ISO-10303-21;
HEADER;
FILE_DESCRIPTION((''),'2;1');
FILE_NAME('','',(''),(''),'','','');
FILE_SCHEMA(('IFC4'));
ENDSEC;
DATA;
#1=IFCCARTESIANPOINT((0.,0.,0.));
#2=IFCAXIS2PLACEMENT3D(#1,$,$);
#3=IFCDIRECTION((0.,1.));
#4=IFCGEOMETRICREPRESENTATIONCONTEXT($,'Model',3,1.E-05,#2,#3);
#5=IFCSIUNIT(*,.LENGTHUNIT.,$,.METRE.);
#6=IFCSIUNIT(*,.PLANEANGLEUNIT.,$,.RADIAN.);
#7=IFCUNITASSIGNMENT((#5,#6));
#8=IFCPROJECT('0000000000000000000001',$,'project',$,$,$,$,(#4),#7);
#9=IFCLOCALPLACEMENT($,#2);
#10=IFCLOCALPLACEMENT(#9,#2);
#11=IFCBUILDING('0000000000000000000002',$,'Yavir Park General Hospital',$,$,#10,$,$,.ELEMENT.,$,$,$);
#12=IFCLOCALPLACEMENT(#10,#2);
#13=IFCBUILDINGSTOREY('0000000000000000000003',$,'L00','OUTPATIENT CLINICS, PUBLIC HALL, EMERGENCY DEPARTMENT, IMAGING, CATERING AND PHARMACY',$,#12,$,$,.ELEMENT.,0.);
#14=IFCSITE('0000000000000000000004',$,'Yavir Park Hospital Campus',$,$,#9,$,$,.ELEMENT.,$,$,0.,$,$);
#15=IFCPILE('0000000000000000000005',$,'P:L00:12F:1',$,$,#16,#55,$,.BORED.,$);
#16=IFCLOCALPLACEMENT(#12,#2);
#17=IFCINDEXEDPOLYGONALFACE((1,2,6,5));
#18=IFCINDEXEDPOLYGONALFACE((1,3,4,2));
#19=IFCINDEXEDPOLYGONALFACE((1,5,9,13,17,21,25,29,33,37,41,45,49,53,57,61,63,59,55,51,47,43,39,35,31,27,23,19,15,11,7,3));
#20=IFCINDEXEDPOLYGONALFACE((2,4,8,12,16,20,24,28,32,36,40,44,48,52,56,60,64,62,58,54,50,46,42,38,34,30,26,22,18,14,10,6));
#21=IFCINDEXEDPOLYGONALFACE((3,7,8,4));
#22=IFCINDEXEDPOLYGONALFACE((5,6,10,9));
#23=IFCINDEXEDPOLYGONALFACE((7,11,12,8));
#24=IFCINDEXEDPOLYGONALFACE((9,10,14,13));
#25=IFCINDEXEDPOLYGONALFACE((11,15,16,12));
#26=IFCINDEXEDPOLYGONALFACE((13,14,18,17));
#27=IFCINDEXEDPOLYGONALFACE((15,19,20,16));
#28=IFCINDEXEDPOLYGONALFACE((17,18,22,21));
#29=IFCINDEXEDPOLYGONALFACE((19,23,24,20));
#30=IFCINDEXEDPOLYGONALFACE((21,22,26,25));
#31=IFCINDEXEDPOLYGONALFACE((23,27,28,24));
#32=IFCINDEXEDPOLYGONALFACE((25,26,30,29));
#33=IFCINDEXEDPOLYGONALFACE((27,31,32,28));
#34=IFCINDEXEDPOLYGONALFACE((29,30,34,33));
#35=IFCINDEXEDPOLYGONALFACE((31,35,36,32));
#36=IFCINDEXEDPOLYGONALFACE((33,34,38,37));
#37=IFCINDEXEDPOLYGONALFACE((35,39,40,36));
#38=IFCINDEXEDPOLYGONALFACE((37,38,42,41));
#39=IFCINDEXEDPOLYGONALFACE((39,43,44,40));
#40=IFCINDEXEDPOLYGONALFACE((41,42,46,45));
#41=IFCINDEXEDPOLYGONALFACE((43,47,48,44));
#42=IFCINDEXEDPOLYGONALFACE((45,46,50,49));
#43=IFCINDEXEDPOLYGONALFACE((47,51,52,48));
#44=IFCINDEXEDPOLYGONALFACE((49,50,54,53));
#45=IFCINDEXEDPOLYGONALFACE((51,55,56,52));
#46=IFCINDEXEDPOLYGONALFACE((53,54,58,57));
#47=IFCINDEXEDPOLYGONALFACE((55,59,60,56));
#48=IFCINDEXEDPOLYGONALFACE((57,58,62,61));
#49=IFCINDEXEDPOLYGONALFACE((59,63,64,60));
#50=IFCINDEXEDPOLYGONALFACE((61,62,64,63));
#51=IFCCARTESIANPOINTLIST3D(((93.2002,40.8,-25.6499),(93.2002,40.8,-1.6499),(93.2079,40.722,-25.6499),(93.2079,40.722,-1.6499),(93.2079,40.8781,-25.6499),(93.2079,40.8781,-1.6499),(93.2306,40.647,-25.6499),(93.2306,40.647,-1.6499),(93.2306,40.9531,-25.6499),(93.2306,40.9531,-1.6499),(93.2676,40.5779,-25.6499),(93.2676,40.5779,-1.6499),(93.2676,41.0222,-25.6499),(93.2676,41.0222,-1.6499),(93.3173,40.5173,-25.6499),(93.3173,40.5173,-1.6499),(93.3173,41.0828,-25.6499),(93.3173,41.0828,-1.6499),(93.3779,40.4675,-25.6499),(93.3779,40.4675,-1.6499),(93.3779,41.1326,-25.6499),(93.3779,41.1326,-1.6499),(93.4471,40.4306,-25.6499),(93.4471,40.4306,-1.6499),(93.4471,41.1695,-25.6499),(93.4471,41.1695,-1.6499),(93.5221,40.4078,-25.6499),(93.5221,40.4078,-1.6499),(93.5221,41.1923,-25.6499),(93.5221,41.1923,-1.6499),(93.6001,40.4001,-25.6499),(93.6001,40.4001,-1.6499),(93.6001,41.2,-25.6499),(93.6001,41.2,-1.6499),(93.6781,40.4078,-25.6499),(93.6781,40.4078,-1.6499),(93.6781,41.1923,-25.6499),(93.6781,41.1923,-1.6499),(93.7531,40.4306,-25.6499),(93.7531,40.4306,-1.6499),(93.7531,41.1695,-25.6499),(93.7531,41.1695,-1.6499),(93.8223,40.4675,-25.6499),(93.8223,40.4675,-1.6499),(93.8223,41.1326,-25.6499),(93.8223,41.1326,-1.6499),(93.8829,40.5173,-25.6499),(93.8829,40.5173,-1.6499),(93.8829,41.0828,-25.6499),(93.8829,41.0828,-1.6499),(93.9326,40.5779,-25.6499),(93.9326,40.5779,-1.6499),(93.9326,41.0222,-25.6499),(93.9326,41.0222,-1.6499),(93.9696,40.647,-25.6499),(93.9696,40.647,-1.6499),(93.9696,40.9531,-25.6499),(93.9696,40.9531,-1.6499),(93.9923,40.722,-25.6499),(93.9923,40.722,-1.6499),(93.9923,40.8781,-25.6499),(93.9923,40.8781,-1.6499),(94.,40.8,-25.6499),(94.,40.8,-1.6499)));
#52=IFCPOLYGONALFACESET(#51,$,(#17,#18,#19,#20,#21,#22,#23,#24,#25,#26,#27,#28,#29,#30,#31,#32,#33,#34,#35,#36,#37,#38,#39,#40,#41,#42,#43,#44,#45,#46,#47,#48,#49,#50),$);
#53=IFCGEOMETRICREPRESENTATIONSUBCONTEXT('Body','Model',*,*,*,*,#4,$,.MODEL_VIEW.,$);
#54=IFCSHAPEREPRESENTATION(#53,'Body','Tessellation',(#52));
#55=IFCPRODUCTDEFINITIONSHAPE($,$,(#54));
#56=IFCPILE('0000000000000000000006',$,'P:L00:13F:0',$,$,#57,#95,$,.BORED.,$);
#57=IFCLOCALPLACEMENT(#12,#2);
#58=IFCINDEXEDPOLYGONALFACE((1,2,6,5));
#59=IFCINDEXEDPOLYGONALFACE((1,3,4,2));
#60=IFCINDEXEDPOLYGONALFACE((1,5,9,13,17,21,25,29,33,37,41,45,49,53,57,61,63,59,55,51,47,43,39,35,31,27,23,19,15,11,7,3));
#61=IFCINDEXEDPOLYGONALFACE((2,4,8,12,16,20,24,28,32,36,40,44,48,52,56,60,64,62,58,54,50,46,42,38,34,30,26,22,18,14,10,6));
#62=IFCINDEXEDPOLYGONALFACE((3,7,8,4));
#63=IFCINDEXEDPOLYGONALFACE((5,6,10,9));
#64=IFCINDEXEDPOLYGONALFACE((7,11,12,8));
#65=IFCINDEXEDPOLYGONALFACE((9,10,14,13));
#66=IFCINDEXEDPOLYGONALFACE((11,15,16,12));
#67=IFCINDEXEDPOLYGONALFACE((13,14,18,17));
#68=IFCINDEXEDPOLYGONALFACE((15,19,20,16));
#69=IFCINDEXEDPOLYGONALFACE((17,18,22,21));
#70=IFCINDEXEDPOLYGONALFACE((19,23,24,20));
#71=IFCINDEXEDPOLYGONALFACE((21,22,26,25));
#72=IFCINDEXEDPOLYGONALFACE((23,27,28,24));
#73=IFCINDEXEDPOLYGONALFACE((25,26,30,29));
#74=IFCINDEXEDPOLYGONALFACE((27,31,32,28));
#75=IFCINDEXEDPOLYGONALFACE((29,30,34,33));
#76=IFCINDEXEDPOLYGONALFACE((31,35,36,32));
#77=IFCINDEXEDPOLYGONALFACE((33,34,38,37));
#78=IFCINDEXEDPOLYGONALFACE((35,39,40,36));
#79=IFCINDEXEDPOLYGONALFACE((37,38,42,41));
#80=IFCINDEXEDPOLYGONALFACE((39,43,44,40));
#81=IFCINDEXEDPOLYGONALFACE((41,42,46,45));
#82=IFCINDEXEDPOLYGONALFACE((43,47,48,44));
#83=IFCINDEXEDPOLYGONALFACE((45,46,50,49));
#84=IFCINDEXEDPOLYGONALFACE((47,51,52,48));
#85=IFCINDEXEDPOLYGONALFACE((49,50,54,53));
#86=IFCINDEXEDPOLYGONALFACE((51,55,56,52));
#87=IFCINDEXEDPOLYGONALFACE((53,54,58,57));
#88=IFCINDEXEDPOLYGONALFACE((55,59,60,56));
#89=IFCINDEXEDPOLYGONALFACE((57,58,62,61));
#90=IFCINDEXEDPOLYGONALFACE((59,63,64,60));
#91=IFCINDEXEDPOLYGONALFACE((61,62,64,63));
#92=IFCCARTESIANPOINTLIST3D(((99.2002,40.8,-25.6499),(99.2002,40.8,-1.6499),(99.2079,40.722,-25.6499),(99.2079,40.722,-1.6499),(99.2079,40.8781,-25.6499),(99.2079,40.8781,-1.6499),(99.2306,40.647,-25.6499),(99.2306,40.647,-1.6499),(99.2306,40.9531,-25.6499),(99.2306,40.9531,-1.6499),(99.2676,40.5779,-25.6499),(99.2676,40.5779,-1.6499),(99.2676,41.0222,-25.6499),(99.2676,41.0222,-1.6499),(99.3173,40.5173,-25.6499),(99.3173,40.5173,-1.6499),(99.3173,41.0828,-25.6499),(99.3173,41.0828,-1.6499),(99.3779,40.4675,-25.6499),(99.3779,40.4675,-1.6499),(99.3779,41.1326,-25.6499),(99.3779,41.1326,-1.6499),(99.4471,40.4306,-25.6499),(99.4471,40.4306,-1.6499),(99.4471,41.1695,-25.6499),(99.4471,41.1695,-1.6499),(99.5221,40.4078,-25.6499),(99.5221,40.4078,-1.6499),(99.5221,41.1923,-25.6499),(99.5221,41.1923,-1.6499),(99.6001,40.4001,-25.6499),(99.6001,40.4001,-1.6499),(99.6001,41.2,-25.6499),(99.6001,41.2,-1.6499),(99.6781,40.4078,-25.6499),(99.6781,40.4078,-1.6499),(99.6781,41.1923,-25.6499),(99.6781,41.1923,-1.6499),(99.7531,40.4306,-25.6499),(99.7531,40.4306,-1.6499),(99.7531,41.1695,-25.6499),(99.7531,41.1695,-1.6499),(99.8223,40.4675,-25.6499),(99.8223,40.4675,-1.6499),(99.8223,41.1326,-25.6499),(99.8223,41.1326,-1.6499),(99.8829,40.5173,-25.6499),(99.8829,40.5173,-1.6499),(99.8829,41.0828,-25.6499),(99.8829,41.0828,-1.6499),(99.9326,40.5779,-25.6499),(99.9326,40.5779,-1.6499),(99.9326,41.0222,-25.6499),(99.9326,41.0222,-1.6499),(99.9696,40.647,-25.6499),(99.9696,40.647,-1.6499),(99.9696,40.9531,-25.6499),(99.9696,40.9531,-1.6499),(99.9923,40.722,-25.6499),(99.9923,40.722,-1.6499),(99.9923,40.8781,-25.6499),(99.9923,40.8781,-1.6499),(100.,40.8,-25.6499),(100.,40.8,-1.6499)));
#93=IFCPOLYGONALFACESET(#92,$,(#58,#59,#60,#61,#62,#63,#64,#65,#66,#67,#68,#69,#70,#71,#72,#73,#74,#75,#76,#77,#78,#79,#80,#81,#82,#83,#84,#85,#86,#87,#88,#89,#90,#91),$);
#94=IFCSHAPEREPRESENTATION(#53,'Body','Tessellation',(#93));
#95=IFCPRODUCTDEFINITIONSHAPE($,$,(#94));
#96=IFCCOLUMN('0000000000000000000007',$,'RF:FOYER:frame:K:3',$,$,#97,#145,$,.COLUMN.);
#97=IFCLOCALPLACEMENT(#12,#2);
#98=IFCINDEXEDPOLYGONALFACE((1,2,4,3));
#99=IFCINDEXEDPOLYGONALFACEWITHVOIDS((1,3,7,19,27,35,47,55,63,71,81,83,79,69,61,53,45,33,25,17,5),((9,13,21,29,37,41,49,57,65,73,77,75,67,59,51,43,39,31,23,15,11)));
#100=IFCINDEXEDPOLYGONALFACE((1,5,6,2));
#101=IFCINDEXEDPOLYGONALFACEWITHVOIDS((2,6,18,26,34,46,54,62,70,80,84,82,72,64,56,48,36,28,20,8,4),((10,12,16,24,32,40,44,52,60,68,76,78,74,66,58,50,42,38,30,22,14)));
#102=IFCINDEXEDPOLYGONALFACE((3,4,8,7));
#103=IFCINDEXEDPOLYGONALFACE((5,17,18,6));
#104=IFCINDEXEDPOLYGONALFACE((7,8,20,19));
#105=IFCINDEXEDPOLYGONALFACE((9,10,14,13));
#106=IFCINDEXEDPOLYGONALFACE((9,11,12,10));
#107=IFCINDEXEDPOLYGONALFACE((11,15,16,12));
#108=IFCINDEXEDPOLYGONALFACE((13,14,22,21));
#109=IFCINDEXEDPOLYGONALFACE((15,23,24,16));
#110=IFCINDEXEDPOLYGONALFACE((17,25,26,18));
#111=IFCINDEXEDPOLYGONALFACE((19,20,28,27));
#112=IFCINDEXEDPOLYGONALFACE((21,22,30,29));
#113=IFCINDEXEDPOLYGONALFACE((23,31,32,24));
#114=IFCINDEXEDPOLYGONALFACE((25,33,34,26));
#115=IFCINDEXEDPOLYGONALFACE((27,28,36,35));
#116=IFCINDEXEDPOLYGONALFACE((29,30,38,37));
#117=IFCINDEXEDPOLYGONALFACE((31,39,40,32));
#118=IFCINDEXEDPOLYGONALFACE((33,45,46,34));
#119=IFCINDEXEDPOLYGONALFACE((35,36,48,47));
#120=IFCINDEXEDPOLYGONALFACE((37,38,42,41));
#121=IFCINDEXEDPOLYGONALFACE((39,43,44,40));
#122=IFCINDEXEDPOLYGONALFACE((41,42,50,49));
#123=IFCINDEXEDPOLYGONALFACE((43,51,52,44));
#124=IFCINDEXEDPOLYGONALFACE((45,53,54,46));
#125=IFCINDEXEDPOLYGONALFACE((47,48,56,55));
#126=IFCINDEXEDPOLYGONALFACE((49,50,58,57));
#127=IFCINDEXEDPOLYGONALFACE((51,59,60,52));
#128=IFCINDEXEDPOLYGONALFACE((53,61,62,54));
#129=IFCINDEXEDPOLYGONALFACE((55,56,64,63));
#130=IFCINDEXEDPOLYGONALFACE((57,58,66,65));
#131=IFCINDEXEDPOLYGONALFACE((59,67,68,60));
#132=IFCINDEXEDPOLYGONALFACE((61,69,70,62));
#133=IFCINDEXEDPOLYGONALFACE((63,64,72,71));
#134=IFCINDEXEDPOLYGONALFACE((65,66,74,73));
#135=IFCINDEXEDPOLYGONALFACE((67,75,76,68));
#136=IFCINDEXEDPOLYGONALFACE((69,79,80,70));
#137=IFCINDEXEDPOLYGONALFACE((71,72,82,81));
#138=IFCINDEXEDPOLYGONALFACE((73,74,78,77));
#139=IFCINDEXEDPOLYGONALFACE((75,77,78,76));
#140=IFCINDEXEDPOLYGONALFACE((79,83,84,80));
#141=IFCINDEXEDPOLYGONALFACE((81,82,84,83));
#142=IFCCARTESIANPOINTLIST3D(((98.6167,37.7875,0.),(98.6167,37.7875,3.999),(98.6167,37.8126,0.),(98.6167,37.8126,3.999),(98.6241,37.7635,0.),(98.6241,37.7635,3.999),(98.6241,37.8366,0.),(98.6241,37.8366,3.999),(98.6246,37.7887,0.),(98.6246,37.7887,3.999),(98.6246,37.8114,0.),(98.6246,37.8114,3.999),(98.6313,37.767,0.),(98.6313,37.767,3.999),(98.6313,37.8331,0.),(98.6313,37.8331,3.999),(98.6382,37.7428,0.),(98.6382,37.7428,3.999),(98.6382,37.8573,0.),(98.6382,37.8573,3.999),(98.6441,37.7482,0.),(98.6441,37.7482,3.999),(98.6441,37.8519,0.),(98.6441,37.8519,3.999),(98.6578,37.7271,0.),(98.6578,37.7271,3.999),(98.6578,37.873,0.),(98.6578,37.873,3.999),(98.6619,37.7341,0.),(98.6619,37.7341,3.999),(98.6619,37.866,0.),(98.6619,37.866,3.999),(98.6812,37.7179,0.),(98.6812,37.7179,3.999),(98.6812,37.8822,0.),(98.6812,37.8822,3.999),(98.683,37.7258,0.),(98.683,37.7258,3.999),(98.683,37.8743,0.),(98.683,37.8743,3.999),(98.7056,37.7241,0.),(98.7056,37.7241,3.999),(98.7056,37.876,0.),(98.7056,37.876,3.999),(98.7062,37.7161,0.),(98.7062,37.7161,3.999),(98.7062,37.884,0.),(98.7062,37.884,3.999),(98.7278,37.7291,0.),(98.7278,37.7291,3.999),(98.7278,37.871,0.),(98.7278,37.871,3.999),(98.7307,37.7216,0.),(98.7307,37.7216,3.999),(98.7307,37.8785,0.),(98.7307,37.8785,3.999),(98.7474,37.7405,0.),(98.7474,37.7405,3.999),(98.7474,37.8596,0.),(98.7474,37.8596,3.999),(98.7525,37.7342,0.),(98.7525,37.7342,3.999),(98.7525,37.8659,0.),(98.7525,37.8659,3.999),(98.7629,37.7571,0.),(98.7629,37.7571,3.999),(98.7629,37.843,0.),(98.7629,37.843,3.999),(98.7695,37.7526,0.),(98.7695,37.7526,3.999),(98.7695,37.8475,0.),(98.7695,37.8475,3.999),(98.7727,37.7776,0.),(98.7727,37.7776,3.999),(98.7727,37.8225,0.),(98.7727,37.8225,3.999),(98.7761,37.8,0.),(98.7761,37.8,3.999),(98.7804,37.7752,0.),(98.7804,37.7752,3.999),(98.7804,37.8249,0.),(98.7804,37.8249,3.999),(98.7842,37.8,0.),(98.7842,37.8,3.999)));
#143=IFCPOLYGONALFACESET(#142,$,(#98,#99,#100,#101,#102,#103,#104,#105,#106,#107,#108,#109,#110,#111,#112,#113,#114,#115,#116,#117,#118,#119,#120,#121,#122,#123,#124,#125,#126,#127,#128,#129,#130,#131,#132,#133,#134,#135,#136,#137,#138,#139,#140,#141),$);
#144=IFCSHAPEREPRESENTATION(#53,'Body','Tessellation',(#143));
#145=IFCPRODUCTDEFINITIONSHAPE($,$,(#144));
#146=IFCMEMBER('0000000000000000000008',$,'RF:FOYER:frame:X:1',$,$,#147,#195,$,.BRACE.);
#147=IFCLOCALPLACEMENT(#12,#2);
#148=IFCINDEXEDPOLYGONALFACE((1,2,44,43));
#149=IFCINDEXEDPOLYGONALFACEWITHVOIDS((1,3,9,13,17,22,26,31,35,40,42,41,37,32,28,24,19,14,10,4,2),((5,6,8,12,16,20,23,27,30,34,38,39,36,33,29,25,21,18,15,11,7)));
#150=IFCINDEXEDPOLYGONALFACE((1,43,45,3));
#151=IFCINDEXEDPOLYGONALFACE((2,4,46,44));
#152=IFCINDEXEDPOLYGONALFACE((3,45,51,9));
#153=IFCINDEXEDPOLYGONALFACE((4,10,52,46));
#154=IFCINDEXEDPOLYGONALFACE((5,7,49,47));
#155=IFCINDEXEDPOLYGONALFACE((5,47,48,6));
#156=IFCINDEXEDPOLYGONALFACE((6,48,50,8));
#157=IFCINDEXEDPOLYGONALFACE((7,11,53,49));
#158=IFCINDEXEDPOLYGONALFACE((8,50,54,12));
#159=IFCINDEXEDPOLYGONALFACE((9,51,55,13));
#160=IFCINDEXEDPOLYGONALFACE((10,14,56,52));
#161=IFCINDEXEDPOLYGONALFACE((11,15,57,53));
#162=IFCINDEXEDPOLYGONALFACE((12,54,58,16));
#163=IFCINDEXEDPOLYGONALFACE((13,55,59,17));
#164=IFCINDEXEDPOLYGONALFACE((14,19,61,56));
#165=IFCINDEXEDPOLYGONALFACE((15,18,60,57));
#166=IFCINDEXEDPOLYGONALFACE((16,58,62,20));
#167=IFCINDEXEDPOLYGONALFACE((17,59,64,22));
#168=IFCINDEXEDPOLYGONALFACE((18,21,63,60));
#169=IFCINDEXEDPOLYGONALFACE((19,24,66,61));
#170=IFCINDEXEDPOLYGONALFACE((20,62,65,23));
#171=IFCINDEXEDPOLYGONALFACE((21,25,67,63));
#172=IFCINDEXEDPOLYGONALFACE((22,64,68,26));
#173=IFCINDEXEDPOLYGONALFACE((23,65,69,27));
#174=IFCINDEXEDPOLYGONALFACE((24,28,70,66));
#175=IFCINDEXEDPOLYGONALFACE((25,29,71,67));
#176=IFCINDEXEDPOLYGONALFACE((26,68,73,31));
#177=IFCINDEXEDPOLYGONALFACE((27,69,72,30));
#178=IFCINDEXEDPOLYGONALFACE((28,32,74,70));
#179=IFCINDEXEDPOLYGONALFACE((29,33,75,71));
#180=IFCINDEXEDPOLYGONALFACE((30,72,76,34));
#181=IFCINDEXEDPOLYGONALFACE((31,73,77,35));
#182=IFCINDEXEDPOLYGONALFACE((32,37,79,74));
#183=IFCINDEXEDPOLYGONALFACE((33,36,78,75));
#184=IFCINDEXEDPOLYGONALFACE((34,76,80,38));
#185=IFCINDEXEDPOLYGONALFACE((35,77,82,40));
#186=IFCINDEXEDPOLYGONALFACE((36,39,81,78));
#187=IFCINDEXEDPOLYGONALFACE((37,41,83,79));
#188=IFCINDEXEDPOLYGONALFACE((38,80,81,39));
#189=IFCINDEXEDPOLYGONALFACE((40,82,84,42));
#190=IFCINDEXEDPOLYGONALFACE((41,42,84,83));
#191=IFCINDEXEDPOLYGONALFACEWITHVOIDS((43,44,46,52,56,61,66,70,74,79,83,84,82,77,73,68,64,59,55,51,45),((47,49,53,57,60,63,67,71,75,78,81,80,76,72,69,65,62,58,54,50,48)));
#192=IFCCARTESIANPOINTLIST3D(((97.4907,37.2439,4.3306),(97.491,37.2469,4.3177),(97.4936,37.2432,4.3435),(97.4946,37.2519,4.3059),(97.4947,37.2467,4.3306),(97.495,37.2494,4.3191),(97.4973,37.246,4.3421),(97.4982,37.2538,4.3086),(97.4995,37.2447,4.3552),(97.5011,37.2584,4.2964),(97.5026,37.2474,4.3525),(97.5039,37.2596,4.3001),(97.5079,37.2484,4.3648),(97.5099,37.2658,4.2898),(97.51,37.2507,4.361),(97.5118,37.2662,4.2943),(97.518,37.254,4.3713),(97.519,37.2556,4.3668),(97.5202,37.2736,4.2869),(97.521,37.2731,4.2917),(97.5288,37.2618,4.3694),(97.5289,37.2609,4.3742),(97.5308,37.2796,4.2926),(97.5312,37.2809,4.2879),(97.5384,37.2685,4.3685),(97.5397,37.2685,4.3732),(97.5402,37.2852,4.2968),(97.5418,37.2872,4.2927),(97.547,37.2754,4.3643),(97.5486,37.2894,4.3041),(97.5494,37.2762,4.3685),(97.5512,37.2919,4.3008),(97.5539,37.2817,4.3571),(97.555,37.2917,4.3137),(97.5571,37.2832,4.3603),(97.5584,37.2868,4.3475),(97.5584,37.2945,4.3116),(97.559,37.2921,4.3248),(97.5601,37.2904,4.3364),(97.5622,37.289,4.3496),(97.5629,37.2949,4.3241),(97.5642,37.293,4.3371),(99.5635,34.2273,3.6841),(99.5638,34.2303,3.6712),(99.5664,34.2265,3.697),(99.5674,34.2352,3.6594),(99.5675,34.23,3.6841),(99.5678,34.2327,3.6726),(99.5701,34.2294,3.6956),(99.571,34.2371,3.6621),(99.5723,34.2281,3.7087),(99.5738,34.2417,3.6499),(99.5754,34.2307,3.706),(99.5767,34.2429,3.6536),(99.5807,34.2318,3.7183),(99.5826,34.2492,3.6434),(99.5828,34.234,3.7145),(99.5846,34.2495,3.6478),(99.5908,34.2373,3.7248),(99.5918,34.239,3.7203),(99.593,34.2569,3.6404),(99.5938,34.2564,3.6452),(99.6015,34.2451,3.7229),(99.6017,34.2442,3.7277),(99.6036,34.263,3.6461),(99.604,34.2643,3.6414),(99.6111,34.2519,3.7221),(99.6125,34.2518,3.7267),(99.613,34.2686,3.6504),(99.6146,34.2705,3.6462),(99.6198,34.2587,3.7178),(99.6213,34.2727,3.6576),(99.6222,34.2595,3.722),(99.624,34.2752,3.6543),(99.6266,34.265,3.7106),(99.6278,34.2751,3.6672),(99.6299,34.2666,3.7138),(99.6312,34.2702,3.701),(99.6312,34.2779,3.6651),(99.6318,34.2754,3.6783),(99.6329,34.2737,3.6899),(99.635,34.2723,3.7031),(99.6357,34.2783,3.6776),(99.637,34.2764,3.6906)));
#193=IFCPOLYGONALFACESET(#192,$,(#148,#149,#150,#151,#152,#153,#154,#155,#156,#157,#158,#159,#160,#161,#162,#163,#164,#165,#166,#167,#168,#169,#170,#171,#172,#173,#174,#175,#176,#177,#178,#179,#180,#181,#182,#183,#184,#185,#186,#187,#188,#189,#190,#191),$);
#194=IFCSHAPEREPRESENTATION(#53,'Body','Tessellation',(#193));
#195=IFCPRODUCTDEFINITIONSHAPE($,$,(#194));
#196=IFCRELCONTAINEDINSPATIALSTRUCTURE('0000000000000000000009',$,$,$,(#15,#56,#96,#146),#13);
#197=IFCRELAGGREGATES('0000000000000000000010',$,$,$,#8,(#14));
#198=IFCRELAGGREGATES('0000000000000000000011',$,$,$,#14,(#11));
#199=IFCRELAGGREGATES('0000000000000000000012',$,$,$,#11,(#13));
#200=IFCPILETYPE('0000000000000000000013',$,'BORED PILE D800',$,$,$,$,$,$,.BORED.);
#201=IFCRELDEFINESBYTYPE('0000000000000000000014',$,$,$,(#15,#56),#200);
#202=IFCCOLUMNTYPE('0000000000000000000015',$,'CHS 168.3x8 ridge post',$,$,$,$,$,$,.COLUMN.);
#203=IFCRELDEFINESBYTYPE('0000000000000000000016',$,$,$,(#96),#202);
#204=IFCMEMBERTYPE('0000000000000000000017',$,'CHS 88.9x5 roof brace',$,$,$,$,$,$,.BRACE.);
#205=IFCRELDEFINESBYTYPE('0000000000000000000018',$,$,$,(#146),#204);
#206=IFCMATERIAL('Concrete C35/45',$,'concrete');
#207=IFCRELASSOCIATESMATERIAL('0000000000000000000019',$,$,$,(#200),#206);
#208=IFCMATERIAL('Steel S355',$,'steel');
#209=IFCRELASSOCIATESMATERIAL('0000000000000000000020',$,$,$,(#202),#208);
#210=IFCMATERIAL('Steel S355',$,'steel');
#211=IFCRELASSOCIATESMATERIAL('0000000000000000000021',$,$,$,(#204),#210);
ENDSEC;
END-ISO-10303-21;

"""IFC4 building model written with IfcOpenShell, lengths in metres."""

from ifc_helpers import new_model, si_unit, direction, frame, origin, origin_2d, place, context, subcontext, project, spatial, circle, hollow_circle, extrude, material, material_profile, profile_set, type_object, element, save


model = new_model("IFC4")

# Units and contexts
model_context = context("Model", 3, precision=1e-05, world=origin(), true_north=direction((0.0, 1.0)))
body_context = subcontext(model_context, "Body", "Model", "MODEL_VIEW")
ifc_project = project(units=[si_unit("LENGTHUNIT", "METRE"), si_unit("PLANEANGLEUNIT", "RADIAN")], contexts=[model_context])

# Site, building, storey
site_placement = place(None, origin())
site = spatial("IfcSite", under=ifc_project, at=site_placement, Name="Yavir Park Hospital Campus", CompositionType="ELEMENT", RefElevation=0.0)
building_placement = place(site_placement, origin())
building = spatial("IfcBuilding", under=site, at=building_placement, Name="Yavir Park General Hospital", CompositionType="ELEMENT")
storey_placement = place(building_placement, origin())
storey = spatial("IfcBuildingStorey", under=building, at=storey_placement, Name="L00", Description="OUTPATIENT CLINICS, PUBLIC HALL, EMERGENCY DEPARTMENT, IMAGING, CATERING AND PHARMACY", CompositionType="ELEMENT", Elevation=0.0)

# Piles
ifc_material_1 = material(Name="Concrete C35/45", Category="concrete")
ifc_material_profile_1 = material_profile(ifc_material_1, circle(Radius=0.3999, at=origin_2d()), Name="D800")
ifc_profile_set_1 = profile_set([ifc_material_profile_1], Name="Concrete C35/45")
pile_type = type_object("IfcPileType", Name="BORED PILE D800", PredefinedType="BORED", material=ifc_profile_set_1)
for number, where, z_axis, x_axis, name in (
    (1, (93.6001, 40.8, -1.6499), (0.0, 0.0, -1.0), (1.0, 0.0, 0.0), "P:L00:12F:1"),
    (2, (99.6001, 40.8, -1.6499), (0.0, 0.0, -1.0), (1.0, 0.0, 0.0), "P:L00:13F:0"),
):
    element("IfcPile", number, at=place(storey_placement, frame(where, z_axis=z_axis, x_axis=x_axis)), inside=storey, type_object=pile_type, Name=name, PredefinedType="BORED", context=body_context, shape_type="SweptSolid", body=[
        extrude(circle(Radius=0.3999, at=origin_2d()), origin(), (0.0, 0.0, 1.0), 24.0),
    ])

# Column
ifc_material_2 = material(Name="Steel S355", Category="steel")
ifc_material_profile_2 = material_profile(ifc_material_2, hollow_circle(Radius=0.0842, WallThickness=0.0081, at=origin_2d()), Name="CHS168.3x8")
ifc_profile_set_2 = profile_set([ifc_material_profile_2], Name="Steel S355")
column_type = type_object("IfcColumnType", Name="CHS 168.3x8 ridge post", PredefinedType="COLUMN", material=ifc_profile_set_2)
column_placement = place(storey_placement, frame((98.7, 37.8, 0.0), z_axis=(0.0, 0.0, 1.0), x_axis=(1.0, 0.0, 0.0)))
element("IfcColumn", 3, at=column_placement, inside=storey, type_object=column_type, Name="RF:FOYER:frame:K:3", PredefinedType="COLUMN", context=body_context, shape_type="SweptSolid", body=[
    extrude(hollow_circle(Radius=0.0842, WallThickness=0.0081, at=origin_2d()), origin(), (0.0, 0.0, 1.0), 3.999),
])

# Member
ifc_material_3 = material(Name="Steel S355", Category="steel")
ifc_material_profile_3 = material_profile(ifc_material_3, hollow_circle(Radius=0.0444, WallThickness=0.0049, at=origin_2d()), Name="CHS88.9x5")
ifc_profile_set_3 = profile_set([ifc_material_profile_3], Name="Steel S355")
member_type_1 = type_object("IfcMemberType", Name="CHS 88.9x5 roof brace", PredefinedType="BRACE", material=ifc_profile_set_3)
member_1_placement = place(storey_placement, frame((99.6001, 34.2524, 3.6841), z_axis=(-0.557681, 0.811626, 0.173939), x_axis=(-0.82419, -0.566314, 0.0)))
element("IfcMember", 4, at=member_1_placement, inside=storey, type_object=member_type_1, Name="RF:FOYER:frame:X:1", PredefinedType="BRACE", context=body_context, shape_type="SweptSolid", body=[
    extrude(hollow_circle(Radius=0.0444, WallThickness=0.0049, at=origin_2d()), origin(), (0.0, 0.0, 1.0), 3.7168),
])

save(model, "model.ifc")
